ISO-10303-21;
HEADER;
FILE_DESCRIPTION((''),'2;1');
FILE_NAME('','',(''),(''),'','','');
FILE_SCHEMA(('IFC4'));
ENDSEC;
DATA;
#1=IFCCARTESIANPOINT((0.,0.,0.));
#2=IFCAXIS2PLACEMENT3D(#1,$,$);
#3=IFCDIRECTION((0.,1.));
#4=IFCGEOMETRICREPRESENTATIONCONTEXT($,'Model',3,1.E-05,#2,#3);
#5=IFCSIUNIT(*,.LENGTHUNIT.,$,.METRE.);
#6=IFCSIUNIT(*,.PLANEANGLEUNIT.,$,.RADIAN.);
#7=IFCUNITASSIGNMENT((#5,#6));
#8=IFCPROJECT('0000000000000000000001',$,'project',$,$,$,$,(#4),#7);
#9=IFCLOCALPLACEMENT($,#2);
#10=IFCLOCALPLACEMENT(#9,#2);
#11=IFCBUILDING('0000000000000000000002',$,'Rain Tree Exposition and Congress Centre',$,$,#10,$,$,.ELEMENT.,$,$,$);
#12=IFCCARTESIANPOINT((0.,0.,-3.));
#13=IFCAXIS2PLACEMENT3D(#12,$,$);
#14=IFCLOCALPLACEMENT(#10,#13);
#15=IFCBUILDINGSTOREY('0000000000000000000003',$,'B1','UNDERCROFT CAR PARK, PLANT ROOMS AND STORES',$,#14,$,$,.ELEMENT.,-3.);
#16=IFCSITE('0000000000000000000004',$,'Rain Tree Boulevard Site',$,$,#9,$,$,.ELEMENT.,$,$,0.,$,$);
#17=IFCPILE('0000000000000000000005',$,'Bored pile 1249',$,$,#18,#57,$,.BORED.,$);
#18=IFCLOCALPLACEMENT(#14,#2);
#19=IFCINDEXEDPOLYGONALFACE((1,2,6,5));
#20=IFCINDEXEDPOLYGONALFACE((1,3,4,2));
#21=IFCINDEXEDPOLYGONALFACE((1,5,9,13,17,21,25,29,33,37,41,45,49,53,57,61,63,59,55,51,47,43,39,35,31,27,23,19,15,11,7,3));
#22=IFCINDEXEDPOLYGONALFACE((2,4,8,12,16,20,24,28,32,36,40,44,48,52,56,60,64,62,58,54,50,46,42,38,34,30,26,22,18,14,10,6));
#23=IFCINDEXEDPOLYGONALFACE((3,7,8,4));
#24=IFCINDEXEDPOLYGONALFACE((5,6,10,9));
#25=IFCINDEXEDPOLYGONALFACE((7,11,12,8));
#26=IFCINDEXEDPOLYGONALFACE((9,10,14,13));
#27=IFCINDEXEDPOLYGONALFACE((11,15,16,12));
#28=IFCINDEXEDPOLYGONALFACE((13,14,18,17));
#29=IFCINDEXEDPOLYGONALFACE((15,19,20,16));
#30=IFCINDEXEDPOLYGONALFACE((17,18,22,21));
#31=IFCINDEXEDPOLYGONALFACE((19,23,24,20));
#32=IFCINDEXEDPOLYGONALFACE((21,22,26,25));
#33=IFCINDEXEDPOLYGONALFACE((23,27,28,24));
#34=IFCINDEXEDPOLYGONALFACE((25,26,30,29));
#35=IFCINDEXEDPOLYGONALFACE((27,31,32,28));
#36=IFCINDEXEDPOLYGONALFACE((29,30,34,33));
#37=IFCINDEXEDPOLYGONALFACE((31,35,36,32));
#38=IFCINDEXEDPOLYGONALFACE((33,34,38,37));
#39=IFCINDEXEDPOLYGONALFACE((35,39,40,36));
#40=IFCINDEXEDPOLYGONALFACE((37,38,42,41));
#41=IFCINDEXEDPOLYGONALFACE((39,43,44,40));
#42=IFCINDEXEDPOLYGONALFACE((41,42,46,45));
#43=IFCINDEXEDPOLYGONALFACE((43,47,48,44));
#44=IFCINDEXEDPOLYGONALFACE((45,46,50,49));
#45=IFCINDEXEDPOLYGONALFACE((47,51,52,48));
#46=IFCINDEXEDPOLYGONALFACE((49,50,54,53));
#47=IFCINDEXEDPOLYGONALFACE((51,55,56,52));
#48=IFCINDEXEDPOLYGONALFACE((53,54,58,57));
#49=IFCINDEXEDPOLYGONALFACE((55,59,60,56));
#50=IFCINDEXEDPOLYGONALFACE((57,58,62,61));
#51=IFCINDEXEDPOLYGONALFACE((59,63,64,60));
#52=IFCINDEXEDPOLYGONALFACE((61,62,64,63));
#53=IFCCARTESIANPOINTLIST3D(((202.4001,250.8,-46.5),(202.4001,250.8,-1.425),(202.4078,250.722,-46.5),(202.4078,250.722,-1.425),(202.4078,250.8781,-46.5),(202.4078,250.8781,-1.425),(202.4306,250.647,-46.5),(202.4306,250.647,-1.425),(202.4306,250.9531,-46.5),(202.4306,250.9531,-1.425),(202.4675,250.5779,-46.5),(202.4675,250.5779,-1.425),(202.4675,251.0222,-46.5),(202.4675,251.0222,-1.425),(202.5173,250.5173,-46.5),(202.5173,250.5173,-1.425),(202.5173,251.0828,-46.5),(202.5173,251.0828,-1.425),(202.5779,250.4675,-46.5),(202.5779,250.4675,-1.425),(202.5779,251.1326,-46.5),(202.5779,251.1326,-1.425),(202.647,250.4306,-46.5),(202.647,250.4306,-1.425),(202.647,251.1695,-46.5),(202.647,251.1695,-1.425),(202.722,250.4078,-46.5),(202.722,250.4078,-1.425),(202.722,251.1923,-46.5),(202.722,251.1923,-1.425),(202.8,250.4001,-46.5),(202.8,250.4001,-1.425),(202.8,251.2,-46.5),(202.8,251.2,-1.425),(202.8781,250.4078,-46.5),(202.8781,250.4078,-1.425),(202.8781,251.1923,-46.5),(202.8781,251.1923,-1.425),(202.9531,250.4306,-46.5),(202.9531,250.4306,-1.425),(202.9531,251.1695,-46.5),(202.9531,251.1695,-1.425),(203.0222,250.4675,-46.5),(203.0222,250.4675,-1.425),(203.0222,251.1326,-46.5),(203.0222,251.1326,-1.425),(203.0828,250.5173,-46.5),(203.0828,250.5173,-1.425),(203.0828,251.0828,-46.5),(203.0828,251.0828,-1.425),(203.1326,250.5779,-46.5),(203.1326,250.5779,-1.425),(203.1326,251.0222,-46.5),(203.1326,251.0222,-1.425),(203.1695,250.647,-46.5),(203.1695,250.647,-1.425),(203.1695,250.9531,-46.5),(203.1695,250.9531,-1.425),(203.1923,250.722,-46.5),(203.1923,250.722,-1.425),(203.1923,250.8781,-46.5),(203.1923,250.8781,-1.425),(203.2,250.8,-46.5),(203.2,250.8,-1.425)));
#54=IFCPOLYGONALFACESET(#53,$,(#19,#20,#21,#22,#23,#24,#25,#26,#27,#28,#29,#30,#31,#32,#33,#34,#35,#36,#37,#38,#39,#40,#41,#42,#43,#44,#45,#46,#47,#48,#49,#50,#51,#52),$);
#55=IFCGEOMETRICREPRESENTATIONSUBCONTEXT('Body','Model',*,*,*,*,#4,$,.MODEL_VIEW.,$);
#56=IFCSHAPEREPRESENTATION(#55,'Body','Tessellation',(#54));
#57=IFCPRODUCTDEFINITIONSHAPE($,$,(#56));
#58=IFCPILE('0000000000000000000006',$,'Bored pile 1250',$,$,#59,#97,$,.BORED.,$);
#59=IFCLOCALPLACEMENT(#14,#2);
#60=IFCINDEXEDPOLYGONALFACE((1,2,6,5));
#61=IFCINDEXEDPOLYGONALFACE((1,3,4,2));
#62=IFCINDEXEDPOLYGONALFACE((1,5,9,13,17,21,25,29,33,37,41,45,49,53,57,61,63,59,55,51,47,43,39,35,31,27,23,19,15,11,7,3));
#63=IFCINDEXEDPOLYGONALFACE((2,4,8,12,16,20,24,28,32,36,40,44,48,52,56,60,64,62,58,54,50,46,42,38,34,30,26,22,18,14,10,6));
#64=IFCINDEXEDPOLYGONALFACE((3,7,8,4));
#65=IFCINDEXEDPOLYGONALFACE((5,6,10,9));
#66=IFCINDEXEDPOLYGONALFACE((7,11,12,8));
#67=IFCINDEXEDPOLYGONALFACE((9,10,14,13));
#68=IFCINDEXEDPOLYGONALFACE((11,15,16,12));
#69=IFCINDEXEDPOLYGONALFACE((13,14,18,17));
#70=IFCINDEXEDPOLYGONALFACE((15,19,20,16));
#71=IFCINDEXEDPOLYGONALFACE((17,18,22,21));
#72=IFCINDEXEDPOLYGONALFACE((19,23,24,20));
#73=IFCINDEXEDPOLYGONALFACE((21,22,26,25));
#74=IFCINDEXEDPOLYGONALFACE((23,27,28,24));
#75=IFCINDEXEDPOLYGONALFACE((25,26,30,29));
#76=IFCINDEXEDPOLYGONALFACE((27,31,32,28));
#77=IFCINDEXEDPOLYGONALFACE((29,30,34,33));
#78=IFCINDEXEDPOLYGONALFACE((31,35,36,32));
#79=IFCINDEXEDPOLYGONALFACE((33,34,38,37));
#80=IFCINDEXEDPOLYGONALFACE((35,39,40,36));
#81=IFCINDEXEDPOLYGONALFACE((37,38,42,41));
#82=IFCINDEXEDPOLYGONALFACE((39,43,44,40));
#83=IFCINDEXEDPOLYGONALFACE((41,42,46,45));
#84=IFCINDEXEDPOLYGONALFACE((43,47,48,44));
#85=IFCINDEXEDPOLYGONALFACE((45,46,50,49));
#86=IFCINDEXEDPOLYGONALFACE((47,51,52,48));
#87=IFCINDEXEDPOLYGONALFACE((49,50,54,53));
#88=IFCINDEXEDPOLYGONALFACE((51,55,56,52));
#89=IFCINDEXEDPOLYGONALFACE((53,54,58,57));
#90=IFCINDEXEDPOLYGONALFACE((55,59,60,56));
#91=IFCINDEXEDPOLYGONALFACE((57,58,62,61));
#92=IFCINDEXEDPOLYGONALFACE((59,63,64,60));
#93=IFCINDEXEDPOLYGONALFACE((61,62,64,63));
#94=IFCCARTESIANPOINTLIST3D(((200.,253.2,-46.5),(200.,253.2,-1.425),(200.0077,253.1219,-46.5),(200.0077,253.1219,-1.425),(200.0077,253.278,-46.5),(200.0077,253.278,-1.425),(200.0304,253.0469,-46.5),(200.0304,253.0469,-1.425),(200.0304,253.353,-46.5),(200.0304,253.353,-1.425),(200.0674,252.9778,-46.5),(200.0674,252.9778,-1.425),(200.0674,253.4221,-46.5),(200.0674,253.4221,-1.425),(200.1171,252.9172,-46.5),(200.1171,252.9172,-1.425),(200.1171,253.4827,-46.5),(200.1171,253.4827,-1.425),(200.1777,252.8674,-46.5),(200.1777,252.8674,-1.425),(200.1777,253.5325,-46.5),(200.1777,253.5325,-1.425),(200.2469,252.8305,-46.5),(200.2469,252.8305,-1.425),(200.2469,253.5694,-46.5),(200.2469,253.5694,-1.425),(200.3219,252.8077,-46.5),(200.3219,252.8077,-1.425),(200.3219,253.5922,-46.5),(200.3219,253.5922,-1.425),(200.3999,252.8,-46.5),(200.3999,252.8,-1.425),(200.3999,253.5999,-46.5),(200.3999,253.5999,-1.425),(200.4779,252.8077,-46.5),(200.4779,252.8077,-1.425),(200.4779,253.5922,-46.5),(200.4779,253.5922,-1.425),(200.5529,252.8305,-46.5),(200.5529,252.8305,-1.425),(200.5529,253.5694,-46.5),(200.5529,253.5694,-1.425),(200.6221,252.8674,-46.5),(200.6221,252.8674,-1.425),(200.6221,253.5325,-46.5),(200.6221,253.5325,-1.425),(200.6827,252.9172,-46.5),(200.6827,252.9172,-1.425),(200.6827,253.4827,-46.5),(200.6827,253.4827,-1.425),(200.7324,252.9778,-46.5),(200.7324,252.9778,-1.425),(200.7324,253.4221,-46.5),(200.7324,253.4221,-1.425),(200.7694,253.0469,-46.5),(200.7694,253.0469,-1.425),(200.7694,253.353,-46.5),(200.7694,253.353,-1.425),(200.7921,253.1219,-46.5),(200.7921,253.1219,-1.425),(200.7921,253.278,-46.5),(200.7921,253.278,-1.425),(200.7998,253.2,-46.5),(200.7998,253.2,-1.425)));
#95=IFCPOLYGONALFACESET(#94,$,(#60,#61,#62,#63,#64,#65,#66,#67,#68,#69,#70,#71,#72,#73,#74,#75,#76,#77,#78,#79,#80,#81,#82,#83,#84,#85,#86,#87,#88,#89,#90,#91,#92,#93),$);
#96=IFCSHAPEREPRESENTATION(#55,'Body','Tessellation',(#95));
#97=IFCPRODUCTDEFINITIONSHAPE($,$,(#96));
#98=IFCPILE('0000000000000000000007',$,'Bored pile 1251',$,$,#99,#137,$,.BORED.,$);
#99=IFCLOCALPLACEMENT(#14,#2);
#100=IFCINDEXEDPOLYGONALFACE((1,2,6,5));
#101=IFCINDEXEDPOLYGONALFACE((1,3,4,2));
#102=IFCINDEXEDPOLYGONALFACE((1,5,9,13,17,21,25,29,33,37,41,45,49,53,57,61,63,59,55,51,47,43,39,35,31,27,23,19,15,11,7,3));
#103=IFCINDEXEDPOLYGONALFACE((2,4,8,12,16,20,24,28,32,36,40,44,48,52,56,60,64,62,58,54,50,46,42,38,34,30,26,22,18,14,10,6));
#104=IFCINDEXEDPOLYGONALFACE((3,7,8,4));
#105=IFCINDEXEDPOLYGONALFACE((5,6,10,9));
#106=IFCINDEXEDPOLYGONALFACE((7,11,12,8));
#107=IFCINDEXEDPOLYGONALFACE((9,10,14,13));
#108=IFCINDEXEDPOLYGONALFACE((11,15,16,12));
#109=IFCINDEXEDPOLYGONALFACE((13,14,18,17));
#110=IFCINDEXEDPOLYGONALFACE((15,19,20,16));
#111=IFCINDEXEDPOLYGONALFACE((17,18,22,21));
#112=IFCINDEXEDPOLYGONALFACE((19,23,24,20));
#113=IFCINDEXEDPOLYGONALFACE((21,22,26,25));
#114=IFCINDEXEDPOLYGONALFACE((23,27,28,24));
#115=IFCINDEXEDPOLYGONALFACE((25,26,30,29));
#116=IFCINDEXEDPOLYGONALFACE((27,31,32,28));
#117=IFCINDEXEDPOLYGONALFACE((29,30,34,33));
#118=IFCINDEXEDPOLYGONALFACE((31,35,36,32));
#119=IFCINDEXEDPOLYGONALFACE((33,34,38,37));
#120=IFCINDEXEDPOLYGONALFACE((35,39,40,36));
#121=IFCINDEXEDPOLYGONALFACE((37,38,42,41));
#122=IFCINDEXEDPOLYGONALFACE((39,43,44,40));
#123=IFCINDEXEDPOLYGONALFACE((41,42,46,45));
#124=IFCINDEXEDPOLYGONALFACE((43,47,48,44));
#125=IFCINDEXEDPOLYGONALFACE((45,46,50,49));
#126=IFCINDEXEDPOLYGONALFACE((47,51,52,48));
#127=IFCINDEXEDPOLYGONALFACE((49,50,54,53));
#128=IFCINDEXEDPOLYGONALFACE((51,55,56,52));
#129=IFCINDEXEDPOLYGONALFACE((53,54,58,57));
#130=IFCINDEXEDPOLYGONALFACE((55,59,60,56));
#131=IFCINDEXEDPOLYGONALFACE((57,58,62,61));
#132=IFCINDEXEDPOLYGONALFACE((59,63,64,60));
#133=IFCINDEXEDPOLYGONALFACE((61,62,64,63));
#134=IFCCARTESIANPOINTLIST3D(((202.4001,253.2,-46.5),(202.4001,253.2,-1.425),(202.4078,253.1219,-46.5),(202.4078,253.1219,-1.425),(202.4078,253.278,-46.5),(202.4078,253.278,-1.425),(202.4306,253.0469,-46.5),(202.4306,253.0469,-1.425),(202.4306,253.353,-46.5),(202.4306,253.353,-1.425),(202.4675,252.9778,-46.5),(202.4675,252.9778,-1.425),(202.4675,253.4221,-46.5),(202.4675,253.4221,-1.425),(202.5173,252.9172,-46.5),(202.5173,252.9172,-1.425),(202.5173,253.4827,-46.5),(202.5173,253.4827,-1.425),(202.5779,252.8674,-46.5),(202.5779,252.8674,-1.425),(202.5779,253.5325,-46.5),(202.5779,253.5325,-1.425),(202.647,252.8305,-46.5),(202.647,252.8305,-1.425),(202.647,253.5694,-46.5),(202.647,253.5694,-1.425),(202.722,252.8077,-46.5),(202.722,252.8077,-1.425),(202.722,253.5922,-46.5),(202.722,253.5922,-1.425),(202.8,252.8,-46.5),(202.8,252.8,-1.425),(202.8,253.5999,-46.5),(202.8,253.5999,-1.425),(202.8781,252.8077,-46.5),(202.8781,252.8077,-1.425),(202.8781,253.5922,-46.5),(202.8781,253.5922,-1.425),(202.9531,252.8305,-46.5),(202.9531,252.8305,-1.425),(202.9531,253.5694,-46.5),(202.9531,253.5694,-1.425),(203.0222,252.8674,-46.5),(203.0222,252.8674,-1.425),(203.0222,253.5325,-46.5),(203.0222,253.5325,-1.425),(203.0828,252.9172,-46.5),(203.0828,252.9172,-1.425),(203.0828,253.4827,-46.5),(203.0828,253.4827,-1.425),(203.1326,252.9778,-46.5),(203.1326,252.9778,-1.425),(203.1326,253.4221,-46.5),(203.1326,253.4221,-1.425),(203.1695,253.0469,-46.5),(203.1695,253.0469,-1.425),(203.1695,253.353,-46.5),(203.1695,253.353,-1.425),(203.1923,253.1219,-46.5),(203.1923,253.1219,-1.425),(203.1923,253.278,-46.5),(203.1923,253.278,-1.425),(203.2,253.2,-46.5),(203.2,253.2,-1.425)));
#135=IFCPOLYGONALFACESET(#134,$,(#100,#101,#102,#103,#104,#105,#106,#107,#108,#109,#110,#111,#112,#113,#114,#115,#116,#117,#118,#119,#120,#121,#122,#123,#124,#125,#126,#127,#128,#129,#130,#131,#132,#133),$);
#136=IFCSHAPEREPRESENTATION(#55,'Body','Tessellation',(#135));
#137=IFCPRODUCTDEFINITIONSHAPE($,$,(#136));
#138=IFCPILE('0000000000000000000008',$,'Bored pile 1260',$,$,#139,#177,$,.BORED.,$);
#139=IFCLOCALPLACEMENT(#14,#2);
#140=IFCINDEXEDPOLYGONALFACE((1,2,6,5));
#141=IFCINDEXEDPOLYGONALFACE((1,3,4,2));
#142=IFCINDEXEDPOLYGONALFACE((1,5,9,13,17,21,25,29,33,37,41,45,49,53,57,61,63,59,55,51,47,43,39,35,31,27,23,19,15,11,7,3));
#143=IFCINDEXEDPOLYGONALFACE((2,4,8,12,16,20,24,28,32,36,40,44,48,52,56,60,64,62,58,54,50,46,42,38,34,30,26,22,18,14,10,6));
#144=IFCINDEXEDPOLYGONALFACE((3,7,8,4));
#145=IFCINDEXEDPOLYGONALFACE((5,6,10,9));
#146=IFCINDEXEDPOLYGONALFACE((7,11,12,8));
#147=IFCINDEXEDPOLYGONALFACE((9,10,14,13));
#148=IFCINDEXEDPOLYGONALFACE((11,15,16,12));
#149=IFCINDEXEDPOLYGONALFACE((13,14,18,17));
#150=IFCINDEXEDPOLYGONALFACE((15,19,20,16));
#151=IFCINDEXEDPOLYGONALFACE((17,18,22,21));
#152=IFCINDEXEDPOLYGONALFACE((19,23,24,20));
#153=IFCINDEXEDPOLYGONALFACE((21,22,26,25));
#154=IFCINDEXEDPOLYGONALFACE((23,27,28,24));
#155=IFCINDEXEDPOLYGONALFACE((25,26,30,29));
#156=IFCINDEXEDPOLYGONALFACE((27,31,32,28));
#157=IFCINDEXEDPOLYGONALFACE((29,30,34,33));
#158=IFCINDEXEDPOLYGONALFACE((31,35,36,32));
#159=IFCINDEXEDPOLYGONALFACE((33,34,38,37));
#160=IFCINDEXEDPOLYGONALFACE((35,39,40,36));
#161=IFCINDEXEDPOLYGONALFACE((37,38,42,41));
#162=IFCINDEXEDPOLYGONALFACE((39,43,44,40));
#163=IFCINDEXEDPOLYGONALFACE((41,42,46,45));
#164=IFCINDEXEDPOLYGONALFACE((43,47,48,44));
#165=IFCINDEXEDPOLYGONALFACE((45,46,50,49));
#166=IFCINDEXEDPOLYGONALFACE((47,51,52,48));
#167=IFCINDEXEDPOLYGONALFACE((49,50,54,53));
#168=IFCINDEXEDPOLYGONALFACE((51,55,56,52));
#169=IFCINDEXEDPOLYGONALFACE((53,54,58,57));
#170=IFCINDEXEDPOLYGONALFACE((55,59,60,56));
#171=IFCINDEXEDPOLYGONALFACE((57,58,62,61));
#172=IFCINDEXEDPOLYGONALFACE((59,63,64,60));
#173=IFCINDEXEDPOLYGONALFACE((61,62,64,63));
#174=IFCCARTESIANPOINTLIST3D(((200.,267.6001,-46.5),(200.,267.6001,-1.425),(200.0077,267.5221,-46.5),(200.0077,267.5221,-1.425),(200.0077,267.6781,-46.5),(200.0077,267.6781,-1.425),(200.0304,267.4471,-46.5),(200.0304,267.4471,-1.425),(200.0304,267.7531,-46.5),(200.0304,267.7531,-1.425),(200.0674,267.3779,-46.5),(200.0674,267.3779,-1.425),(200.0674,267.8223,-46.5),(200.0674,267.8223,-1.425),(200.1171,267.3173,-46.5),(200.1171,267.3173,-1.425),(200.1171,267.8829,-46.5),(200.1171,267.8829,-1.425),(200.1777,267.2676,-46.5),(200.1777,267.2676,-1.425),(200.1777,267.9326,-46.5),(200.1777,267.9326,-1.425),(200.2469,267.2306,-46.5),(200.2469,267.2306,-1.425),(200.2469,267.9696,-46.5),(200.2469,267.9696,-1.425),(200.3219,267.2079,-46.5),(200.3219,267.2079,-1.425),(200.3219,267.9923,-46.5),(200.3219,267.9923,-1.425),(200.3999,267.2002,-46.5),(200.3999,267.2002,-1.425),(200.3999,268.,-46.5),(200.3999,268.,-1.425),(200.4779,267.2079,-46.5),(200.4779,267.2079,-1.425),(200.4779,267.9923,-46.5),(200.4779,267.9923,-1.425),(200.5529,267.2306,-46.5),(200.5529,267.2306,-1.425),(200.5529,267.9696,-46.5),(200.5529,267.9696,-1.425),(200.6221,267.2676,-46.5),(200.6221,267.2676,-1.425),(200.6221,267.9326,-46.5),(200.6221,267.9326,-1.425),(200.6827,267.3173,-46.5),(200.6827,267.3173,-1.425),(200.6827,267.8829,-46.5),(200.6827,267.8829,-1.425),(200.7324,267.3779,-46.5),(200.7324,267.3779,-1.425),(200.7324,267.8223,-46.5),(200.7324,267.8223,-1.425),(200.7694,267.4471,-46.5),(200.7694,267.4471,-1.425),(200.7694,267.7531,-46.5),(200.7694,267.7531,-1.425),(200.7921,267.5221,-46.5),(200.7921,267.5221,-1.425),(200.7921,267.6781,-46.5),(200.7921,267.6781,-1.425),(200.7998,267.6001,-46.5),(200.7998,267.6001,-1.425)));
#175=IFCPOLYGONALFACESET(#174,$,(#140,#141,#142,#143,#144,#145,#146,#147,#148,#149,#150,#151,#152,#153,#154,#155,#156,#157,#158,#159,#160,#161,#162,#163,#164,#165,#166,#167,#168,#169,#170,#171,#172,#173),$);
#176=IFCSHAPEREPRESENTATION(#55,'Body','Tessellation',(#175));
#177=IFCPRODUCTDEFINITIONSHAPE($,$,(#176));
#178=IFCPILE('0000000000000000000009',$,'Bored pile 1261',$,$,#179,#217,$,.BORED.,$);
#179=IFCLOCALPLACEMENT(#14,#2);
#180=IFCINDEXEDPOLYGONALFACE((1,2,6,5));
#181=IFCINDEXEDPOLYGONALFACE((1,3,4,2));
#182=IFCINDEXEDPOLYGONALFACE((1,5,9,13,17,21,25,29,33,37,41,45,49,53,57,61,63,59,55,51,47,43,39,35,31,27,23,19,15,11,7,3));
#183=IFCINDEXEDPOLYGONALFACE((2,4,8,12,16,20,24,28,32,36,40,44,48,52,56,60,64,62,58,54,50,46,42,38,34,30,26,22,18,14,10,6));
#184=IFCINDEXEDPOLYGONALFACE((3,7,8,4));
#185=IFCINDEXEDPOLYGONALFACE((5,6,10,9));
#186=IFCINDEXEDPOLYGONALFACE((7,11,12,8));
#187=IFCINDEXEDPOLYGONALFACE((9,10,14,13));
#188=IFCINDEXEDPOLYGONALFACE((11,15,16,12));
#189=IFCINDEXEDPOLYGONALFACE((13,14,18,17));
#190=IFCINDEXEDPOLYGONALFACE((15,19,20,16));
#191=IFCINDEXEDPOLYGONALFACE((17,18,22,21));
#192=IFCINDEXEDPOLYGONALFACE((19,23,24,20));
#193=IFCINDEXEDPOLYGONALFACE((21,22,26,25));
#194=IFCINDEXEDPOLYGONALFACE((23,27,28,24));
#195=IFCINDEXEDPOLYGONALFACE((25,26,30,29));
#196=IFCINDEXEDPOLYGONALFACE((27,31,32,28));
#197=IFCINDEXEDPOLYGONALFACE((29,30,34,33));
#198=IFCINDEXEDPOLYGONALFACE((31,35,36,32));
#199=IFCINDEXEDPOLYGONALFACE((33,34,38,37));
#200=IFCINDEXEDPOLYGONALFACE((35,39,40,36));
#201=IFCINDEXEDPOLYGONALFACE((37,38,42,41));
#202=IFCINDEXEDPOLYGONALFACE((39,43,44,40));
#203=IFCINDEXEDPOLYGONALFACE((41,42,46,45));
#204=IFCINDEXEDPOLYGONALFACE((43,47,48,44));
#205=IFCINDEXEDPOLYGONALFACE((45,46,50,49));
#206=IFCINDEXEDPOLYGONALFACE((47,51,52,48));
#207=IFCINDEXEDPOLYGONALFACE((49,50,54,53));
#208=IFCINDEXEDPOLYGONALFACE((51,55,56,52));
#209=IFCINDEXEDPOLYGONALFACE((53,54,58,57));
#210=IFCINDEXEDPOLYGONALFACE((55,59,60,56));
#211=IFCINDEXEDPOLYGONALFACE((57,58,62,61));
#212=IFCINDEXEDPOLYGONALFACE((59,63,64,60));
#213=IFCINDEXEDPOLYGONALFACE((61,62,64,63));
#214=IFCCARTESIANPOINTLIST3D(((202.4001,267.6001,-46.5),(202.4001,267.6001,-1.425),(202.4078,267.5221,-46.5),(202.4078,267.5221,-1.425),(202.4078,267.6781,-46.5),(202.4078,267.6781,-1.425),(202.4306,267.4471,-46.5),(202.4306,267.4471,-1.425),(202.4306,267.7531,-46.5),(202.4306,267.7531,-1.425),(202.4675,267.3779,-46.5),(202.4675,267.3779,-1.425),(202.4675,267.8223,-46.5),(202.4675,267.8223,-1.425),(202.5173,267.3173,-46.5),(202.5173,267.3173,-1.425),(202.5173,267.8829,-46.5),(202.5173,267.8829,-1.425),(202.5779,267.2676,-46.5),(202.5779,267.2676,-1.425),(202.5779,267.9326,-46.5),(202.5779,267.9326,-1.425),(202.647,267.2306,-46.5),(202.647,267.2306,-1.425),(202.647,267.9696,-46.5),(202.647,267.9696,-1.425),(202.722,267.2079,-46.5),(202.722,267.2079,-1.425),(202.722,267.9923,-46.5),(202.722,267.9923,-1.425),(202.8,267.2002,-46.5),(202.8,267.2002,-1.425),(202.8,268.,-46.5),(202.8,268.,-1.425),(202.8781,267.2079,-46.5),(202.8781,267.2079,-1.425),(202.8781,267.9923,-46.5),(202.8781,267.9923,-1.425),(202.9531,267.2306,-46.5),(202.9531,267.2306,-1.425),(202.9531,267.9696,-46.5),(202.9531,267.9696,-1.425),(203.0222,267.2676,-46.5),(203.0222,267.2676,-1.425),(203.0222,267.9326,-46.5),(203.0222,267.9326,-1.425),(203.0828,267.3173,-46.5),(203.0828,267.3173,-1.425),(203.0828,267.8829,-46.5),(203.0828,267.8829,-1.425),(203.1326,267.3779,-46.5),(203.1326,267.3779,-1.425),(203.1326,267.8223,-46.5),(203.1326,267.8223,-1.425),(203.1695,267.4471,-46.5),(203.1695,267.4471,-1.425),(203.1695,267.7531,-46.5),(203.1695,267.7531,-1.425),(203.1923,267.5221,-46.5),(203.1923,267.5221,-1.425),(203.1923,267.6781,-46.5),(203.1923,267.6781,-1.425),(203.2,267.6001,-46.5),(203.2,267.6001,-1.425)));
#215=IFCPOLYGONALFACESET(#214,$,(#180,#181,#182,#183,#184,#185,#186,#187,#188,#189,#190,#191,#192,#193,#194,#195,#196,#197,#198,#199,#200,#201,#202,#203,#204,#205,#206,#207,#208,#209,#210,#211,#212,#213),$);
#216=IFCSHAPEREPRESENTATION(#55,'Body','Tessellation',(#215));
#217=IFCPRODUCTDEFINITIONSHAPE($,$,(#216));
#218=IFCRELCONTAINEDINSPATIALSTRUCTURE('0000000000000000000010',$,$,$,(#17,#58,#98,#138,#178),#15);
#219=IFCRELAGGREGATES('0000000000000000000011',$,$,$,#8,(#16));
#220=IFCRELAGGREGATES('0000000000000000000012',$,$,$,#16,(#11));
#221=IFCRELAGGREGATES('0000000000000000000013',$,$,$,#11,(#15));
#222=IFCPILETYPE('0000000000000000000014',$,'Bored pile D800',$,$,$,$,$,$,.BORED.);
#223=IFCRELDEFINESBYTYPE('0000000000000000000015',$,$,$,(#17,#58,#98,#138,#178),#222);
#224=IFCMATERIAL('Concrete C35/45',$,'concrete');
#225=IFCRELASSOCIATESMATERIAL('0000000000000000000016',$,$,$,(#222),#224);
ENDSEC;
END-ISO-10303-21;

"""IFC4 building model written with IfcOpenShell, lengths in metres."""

from ifc_helpers import new_model, si_unit, direction, frame, origin, origin_2d, place, context, subcontext, project, spatial, circle, extrude, material, material_profile, profile_set, type_object, element, save


model = new_model("IFC4")

# Units and contexts
model_context = context("Model", 3, precision=1e-05, world=origin(), true_north=direction((0.0, 1.0)))
body_context = subcontext(model_context, "Body", "Model", "MODEL_VIEW")
ifc_project = project(units=[si_unit("LENGTHUNIT", "METRE"), si_unit("PLANEANGLEUNIT", "RADIAN")], contexts=[model_context])

# Site, building, storey
site_placement = place(None, origin())
site = spatial("IfcSite", under=ifc_project, at=site_placement, Name="Rain Tree Boulevard Site", CompositionType="ELEMENT", RefElevation=0.0)
building_placement = place(site_placement, origin())
building = spatial("IfcBuilding", under=site, at=building_placement, Name="Rain Tree Exposition and Congress Centre", CompositionType="ELEMENT")
storey_placement = place(building_placement, frame((0.0, 0.0, -3.0)))
storey = spatial("IfcBuildingStorey", under=building, at=storey_placement, Name="B1", Description="UNDERCROFT CAR PARK, PLANT ROOMS AND STORES", CompositionType="ELEMENT", Elevation=-3.0)

# Piles
ifc_material_1 = material(Name="Concrete C35/45", Category="concrete")
ifc_material_profile_1 = material_profile(ifc_material_1, circle(Radius=0.3999, at=origin_2d()), Name="D800")
ifc_profile_set_1 = profile_set([ifc_material_profile_1], Name="Concrete C35/45")
pile_type_1 = type_object("IfcPileType", Name="Bored pile D800", PredefinedType="BORED", material=ifc_profile_set_1)
for number, where, z_axis, x_axis, name in (
    (1, (202.8, 250.8, -1.425), (0.0, 0.0, -1.0), (1.0, 0.0, 0.0), "Bored pile 1249"),
    (2, (200.3999, 253.2, -1.425), (0.0, 0.0, -1.0), (1.0, 0.0, 0.0), "Bored pile 1250"),
    (3, (202.8, 253.2, -1.425), (0.0, 0.0, -1.0), (1.0, 0.0, 0.0), "Bored pile 1251"),
    (4, (200.3999, 267.6001, -1.425), (0.0, 0.0, -1.0), (1.0, 0.0, 0.0), "Bored pile 1260"),
    (5, (202.8, 267.6001, -1.425), (0.0, 0.0, -1.0), (1.0, 0.0, 0.0), "Bored pile 1261"),
):
    element("IfcPile", number, at=place(storey_placement, frame(where, z_axis=z_axis, x_axis=x_axis)), inside=storey, type_object=pile_type_1, Name=name, PredefinedType="BORED", context=body_context, shape_type="SweptSolid", body=[
        extrude(circle(Radius=0.3999, at=origin_2d()), origin(), (0.0, 0.0, 1.0), 45.075),
    ])

save(model, "model.ifc")
